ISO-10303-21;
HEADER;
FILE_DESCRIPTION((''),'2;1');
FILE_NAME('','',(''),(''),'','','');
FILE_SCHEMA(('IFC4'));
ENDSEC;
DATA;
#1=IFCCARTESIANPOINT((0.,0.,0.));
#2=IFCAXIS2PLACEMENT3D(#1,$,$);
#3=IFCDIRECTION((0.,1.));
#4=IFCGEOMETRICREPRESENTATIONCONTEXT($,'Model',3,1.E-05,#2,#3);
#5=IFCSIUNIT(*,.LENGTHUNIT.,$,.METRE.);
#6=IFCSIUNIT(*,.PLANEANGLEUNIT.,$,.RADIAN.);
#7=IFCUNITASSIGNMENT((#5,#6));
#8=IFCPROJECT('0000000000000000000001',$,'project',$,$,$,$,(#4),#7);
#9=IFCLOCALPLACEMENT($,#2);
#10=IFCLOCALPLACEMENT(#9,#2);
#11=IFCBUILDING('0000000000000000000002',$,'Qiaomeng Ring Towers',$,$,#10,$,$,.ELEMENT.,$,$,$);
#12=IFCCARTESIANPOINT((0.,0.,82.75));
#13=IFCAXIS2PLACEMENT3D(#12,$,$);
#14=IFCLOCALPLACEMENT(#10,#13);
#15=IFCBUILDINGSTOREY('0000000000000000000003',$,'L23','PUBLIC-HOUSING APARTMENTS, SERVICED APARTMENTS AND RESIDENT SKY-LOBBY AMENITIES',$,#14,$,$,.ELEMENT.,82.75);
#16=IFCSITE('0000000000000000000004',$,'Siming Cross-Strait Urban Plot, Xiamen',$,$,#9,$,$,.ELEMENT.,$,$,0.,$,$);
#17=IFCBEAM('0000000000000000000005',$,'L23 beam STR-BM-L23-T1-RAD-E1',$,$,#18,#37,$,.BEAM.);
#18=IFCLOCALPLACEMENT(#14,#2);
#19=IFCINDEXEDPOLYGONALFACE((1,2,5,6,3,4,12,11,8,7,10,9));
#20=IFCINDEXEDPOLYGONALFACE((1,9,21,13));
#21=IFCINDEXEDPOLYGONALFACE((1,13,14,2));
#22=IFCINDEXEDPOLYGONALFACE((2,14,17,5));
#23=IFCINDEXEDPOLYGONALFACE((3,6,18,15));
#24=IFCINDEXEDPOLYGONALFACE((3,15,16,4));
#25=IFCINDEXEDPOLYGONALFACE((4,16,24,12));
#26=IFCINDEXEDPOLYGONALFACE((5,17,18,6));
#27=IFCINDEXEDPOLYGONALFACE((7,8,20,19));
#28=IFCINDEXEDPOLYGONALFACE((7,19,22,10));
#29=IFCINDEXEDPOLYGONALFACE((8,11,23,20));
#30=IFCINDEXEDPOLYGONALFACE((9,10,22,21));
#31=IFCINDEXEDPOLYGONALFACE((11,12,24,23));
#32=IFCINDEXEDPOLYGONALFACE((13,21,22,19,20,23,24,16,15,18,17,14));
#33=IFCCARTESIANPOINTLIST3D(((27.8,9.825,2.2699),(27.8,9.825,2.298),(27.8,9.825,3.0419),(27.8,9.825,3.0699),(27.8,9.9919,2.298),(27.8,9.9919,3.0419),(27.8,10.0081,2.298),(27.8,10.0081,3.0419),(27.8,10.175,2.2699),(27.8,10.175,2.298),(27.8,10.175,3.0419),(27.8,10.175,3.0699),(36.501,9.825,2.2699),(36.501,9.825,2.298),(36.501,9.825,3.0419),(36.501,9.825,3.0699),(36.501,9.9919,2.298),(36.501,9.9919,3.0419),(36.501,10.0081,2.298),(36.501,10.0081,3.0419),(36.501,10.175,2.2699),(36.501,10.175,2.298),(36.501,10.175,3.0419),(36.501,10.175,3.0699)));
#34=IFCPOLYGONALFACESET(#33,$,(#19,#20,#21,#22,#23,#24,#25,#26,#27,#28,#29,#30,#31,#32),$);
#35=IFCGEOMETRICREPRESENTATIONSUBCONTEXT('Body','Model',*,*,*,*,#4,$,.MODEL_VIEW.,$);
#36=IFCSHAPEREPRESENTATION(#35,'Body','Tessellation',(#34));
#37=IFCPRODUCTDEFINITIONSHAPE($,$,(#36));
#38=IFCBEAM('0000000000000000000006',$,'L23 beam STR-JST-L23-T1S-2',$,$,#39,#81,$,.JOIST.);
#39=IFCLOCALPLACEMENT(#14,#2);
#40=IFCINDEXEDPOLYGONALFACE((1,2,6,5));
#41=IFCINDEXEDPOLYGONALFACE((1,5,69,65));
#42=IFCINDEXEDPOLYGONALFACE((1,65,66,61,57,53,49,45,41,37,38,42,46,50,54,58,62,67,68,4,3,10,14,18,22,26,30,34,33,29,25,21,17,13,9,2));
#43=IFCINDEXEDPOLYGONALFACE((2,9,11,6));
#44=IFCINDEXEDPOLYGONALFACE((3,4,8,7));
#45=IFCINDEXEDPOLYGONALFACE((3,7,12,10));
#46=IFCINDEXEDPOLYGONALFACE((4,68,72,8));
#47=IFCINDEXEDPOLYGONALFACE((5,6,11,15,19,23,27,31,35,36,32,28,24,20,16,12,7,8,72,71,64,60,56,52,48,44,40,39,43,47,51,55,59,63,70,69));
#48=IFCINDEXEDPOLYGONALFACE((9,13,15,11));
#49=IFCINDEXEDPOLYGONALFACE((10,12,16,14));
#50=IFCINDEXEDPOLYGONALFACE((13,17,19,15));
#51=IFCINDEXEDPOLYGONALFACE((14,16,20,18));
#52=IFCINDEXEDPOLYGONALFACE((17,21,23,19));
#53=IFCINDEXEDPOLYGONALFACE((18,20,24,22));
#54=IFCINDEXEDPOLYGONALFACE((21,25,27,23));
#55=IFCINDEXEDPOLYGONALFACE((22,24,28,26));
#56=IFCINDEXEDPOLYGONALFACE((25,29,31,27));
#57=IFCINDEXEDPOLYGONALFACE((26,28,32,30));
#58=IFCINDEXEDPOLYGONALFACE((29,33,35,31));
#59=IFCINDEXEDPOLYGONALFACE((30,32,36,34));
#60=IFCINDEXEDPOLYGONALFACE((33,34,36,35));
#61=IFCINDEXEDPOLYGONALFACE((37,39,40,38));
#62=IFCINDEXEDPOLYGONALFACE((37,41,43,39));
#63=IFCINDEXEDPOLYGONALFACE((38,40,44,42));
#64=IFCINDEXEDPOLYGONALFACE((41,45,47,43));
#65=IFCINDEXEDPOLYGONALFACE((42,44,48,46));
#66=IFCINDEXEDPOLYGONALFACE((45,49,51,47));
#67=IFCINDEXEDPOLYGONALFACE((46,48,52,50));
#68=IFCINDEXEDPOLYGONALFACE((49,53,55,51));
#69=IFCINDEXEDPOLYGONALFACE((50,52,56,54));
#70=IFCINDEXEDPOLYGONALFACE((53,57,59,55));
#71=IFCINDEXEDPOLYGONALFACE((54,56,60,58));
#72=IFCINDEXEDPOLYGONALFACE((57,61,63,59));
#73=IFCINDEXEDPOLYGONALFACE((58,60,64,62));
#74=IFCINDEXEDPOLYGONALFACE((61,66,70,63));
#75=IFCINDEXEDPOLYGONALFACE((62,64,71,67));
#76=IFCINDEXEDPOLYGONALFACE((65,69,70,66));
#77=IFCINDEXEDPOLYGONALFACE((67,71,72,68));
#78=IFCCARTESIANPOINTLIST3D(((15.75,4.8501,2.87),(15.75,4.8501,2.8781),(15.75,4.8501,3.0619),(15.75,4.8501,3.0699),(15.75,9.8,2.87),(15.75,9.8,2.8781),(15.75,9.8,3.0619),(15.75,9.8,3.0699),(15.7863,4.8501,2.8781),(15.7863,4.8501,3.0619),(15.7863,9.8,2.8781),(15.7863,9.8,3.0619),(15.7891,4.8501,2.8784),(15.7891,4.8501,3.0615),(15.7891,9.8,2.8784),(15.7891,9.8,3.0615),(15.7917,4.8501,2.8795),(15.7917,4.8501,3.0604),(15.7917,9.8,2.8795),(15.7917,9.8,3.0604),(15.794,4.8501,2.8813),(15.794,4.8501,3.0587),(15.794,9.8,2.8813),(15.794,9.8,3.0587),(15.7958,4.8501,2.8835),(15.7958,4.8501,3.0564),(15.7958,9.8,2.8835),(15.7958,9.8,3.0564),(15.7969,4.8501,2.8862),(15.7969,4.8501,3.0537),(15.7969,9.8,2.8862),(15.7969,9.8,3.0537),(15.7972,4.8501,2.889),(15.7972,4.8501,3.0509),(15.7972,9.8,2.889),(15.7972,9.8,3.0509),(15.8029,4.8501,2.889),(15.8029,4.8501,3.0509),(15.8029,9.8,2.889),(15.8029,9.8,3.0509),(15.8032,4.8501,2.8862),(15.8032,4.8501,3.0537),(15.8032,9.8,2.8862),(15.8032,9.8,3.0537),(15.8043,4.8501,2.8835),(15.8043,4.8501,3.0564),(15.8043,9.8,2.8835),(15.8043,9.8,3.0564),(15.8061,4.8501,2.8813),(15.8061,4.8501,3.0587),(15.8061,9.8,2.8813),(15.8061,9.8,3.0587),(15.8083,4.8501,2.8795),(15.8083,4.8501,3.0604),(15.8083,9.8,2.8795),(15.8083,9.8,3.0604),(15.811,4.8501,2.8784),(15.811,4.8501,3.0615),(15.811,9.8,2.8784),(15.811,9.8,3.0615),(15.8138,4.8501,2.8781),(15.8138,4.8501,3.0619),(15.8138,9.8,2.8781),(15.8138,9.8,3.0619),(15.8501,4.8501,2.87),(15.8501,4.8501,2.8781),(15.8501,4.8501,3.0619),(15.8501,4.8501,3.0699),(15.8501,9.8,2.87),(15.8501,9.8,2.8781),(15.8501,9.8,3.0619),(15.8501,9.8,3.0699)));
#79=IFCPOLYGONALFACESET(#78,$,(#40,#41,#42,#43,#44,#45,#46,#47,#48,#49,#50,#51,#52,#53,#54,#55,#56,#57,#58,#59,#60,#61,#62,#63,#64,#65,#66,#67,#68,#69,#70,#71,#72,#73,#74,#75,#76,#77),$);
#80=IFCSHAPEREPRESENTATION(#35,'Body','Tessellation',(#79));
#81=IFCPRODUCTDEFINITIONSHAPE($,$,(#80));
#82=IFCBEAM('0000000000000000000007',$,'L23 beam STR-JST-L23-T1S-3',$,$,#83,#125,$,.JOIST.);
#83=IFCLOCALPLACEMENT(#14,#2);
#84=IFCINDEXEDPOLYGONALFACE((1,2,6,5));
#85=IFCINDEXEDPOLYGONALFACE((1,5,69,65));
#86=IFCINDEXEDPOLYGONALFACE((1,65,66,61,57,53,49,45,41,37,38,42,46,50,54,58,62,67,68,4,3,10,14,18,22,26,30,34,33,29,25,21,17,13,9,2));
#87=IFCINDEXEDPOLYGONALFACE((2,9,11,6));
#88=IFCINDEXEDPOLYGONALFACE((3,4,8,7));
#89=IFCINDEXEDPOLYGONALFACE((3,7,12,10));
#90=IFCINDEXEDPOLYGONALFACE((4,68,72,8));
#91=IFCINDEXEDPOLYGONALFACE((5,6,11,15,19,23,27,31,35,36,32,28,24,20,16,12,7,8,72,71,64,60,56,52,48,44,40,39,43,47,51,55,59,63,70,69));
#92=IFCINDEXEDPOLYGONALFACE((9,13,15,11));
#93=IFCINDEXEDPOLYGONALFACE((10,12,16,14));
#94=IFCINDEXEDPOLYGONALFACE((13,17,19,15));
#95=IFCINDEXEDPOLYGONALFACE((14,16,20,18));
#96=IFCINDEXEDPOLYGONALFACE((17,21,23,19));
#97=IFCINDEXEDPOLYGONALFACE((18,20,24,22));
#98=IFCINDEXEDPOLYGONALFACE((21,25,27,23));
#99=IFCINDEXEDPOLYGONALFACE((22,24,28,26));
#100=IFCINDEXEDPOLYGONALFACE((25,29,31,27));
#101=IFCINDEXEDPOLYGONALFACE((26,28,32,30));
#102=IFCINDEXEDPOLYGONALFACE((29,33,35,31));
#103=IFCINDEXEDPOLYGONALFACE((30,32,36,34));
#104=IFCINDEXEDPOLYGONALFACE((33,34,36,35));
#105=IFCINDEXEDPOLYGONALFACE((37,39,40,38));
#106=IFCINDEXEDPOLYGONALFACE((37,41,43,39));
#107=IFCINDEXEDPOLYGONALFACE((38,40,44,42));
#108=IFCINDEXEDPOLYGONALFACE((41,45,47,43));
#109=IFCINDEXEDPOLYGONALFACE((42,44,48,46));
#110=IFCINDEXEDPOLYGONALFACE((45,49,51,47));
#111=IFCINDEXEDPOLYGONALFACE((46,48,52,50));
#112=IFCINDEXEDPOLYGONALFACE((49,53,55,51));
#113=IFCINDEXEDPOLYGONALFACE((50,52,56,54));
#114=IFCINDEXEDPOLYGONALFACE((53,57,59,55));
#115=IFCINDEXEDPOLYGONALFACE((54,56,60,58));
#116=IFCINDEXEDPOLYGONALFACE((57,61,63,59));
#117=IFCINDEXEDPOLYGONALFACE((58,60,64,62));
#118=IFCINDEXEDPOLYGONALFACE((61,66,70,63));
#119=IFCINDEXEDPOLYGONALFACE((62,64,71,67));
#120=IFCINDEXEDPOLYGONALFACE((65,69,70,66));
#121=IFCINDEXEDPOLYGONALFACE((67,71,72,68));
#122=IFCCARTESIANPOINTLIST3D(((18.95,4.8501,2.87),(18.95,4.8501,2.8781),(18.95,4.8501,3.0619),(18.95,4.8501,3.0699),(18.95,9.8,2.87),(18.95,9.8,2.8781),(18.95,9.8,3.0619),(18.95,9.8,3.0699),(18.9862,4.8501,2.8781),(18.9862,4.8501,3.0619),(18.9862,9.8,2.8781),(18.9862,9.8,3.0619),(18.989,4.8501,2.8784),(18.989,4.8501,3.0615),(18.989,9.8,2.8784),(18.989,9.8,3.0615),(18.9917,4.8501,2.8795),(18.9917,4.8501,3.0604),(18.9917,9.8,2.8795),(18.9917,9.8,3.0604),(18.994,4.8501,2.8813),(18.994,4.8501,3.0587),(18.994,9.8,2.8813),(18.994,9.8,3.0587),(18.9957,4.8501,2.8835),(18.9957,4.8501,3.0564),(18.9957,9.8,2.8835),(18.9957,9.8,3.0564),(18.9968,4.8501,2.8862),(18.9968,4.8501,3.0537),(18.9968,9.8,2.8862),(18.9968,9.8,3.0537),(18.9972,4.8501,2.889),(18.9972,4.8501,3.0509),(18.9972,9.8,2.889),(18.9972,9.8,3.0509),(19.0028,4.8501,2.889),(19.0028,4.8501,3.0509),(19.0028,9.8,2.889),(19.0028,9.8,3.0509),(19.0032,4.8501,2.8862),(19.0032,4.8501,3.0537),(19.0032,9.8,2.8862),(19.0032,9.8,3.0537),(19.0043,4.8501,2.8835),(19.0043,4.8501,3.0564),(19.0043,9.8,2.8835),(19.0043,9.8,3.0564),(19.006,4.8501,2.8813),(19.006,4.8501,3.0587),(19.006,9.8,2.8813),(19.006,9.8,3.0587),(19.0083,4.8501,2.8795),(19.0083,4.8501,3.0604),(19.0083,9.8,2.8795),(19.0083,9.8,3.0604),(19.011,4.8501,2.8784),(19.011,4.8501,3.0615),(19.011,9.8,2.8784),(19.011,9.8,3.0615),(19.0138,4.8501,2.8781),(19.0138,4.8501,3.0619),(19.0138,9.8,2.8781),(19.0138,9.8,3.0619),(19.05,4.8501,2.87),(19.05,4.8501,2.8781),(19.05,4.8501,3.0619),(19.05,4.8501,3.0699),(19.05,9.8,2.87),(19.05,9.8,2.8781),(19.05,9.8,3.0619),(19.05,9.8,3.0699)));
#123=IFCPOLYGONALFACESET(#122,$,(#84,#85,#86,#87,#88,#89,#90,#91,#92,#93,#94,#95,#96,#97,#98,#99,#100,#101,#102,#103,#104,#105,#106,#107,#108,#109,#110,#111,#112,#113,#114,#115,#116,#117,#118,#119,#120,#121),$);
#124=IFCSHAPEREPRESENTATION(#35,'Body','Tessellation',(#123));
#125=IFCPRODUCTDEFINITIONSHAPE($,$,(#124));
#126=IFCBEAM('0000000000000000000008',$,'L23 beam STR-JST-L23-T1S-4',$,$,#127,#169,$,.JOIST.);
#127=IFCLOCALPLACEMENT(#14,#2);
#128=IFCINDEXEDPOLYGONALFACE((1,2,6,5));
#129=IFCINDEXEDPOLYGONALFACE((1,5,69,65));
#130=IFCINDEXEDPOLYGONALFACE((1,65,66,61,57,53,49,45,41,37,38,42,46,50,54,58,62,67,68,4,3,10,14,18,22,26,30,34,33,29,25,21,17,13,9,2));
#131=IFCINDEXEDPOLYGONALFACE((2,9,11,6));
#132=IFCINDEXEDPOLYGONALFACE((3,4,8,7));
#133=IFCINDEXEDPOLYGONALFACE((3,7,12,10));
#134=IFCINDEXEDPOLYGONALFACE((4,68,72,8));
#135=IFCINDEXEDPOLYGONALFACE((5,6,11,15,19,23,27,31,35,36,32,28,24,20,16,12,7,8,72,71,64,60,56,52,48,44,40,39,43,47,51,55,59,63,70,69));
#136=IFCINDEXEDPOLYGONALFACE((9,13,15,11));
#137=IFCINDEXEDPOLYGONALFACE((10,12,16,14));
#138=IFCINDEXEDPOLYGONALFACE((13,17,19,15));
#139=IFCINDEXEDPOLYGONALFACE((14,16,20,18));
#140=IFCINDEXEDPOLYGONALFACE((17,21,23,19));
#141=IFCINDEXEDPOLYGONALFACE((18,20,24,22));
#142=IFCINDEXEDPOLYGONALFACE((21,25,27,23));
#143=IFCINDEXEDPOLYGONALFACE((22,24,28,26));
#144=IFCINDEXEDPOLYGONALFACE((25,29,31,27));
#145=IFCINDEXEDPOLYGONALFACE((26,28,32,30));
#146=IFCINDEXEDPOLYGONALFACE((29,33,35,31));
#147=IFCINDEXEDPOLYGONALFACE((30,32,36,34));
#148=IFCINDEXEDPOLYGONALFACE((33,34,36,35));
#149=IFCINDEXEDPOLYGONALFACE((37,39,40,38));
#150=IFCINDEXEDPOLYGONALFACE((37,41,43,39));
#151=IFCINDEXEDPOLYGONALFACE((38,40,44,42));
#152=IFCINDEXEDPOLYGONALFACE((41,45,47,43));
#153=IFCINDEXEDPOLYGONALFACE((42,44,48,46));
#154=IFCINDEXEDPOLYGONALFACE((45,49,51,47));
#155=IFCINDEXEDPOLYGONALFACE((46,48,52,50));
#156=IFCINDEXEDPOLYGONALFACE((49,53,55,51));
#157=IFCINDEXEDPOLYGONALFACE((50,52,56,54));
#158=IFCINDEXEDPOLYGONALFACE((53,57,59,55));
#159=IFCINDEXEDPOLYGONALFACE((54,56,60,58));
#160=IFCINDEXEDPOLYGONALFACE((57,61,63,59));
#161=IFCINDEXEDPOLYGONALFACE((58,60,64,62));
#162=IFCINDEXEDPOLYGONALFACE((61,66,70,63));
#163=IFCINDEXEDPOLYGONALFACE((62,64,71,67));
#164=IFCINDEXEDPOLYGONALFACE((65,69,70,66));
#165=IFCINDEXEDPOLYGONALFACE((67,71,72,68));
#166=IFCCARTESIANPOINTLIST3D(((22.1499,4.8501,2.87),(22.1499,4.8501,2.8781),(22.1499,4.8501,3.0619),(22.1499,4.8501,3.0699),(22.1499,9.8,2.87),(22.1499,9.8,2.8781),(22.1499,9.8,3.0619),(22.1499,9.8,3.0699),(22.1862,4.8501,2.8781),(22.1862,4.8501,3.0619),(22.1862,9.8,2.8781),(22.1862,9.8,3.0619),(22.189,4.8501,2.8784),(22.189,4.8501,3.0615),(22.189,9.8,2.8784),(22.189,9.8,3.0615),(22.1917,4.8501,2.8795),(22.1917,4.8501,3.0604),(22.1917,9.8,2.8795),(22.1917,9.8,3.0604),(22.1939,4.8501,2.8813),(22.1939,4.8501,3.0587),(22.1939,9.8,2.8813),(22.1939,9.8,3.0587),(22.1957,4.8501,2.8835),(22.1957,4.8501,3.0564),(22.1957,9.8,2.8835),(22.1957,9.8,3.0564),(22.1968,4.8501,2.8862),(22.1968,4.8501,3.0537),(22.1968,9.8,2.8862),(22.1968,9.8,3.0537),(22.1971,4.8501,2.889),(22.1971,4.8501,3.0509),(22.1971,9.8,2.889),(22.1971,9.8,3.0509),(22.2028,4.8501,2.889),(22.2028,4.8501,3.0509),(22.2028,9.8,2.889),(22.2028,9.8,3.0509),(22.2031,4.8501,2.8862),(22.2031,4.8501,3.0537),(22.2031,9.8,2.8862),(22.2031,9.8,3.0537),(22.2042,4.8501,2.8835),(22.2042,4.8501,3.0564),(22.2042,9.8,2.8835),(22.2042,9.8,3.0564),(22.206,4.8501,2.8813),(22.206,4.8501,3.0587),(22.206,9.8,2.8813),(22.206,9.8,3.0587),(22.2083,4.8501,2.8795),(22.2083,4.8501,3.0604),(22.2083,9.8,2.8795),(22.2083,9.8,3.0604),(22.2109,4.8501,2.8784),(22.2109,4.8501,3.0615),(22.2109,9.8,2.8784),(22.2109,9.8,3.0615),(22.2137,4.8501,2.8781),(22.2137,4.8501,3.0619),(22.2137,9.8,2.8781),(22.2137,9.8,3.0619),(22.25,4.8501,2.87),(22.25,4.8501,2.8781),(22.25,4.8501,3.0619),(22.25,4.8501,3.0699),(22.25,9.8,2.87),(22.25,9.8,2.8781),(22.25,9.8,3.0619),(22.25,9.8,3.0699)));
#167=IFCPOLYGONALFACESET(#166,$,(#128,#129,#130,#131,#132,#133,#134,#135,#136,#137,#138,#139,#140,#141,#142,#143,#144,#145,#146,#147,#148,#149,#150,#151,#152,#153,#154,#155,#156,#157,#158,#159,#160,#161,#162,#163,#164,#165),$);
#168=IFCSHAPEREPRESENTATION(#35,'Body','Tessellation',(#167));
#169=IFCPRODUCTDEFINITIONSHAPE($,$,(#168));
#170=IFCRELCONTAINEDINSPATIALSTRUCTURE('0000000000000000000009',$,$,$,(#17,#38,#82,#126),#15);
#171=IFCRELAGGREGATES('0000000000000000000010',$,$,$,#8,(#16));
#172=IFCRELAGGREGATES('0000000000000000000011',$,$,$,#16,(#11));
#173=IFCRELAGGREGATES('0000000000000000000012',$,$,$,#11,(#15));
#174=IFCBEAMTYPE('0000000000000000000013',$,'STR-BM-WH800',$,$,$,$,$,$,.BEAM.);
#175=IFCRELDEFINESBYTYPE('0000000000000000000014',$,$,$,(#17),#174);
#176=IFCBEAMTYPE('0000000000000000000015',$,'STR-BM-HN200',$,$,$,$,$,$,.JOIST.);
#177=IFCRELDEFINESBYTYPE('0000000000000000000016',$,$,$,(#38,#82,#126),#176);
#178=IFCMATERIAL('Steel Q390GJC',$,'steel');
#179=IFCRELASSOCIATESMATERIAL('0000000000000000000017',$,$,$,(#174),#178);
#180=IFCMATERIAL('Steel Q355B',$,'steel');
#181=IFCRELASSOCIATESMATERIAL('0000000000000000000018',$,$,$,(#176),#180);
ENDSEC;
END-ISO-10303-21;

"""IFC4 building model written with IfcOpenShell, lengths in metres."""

from ifc_helpers import new_model, si_unit, direction, frame, origin, origin_2d, place, context, subcontext, project, spatial, i_section, extrude, source, transform, mapped, material, material_profile, profile_set, type_object, element, save


model = new_model("IFC4")

# Units and contexts
model_context = context("Model", 3, precision=1e-05, world=origin(), true_north=direction((0.0, 1.0)))
body_context = subcontext(model_context, "Body", "Model", "MODEL_VIEW")
ifc_project = project(units=[si_unit("LENGTHUNIT", "METRE"), si_unit("PLANEANGLEUNIT", "RADIAN")], contexts=[model_context])

# Site, building, storey
site_placement = place(None, origin())
site = spatial("IfcSite", under=ifc_project, at=site_placement, Name="Siming Cross-Strait Urban Plot, Xiamen", CompositionType="ELEMENT", RefElevation=0.0)
building_placement = place(site_placement, origin())
building = spatial("IfcBuilding", under=site, at=building_placement, Name="Qiaomeng Ring Towers", CompositionType="ELEMENT")
storey_placement = place(building_placement, frame((0.0, 0.0, 82.75)))
storey = spatial("IfcBuildingStorey", under=building, at=storey_placement, Name="L23", Description="PUBLIC-HOUSING APARTMENTS, SERVICED APARTMENTS AND RESIDENT SKY-LOBBY AMENITIES", CompositionType="ELEMENT", Elevation=82.75)

# Beams
ifc_material_1 = material(Name="Steel Q390GJC", Category="steel")
ifc_material_profile_1 = material_profile(ifc_material_1, i_section(OverallWidth=0.3501, OverallDepth=0.8, WebThickness=0.0161, FlangeThickness=0.0281, at=origin_2d()), Name="WH 800x350x16x28")
ifc_profile_set_1 = profile_set([ifc_material_profile_1], Name="Steel Q390GJC")
beam_type_1 = type_object("IfcBeamType", Name="STR-BM-WH800", PredefinedType="BEAM", material=ifc_profile_set_1)
shared_shape_1 = source(origin(), body_context, "Body", "SweptSolid", [
    extrude(i_section(OverallWidth=0.3501, OverallDepth=0.8, WebThickness=0.0161, FlangeThickness=0.0281, at=origin_2d()), origin(), (0.0, 0.0, 1.0), 8.7009),
])
beam_placement = place(storey_placement, frame((27.8, 10.0, 2.6699), z_axis=(1.0, 0.0, 0.0), x_axis=(0.0, 1.0, 0.0)))
element("IfcBeam", 1, at=beam_placement, inside=storey, type_object=beam_type_1, Name="L23 beam STR-BM-L23-T1-RAD-E1", PredefinedType="BEAM", context=body_context, shape_type="MappedRepresentation", body=[
    mapped(shared_shape_1, transform((0.0, 0.0, 0.0), x_axis=(1.0, 0.0, 0.0), y_axis=(0.0, 1.0, 0.0), z_axis=(0.0, 0.0, 1.0), scale=1.0)),
])
ifc_material_2 = material(Name="Steel Q355B", Category="steel")
ifc_material_profile_2 = material_profile(ifc_material_2, i_section(OverallWidth=0.1001, OverallDepth=0.2, WebThickness=0.0056, FlangeThickness=0.0081, FilletRadius=0.011, at=origin_2d()), Name="HN 200x100x5.5x8")
ifc_profile_set_2 = profile_set([ifc_material_profile_2], Name="Steel Q355B")
beam_type_2 = type_object("IfcBeamType", Name="STR-BM-HN200", PredefinedType="JOIST", material=ifc_profile_set_2)
shared_shape_2 = source(origin(), body_context, "Body", "SweptSolid", [
    extrude(i_section(OverallWidth=0.1001, OverallDepth=0.2, WebThickness=0.0056, FlangeThickness=0.0081, FilletRadius=0.011, at=origin_2d()), origin(), (0.0, 0.0, 1.0), 4.95),
])
for number, where, z_axis, x_axis, name in (
    (2, (15.8, 4.8501, 2.97), (0.0, 1.0, 0.0), (-1.0, 0.0, 0.0), "L23 beam STR-JST-L23-T1S-2"),
    (3, (19.0, 4.8501, 2.97), (0.0, 1.0, 0.0), (-1.0, 0.0, 0.0), "L23 beam STR-JST-L23-T1S-3"),
    (4, (22.2, 4.8501, 2.97), (0.0, 1.0, 0.0), (-1.0, 0.0, 0.0), "L23 beam STR-JST-L23-T1S-4"),
):
    element("IfcBeam", number, at=place(storey_placement, frame(where, z_axis=z_axis, x_axis=x_axis)), inside=storey, type_object=beam_type_2, Name=name, PredefinedType="JOIST", context=body_context, shape_type="MappedRepresentation", body=[
        mapped(shared_shape_2, transform((0.0, 0.0, 0.0), x_axis=(1.0, 0.0, 0.0), y_axis=(0.0, 1.0, 0.0), z_axis=(0.0, 0.0, 1.0), scale=1.0)),
    ])

save(model, "model.ifc")
